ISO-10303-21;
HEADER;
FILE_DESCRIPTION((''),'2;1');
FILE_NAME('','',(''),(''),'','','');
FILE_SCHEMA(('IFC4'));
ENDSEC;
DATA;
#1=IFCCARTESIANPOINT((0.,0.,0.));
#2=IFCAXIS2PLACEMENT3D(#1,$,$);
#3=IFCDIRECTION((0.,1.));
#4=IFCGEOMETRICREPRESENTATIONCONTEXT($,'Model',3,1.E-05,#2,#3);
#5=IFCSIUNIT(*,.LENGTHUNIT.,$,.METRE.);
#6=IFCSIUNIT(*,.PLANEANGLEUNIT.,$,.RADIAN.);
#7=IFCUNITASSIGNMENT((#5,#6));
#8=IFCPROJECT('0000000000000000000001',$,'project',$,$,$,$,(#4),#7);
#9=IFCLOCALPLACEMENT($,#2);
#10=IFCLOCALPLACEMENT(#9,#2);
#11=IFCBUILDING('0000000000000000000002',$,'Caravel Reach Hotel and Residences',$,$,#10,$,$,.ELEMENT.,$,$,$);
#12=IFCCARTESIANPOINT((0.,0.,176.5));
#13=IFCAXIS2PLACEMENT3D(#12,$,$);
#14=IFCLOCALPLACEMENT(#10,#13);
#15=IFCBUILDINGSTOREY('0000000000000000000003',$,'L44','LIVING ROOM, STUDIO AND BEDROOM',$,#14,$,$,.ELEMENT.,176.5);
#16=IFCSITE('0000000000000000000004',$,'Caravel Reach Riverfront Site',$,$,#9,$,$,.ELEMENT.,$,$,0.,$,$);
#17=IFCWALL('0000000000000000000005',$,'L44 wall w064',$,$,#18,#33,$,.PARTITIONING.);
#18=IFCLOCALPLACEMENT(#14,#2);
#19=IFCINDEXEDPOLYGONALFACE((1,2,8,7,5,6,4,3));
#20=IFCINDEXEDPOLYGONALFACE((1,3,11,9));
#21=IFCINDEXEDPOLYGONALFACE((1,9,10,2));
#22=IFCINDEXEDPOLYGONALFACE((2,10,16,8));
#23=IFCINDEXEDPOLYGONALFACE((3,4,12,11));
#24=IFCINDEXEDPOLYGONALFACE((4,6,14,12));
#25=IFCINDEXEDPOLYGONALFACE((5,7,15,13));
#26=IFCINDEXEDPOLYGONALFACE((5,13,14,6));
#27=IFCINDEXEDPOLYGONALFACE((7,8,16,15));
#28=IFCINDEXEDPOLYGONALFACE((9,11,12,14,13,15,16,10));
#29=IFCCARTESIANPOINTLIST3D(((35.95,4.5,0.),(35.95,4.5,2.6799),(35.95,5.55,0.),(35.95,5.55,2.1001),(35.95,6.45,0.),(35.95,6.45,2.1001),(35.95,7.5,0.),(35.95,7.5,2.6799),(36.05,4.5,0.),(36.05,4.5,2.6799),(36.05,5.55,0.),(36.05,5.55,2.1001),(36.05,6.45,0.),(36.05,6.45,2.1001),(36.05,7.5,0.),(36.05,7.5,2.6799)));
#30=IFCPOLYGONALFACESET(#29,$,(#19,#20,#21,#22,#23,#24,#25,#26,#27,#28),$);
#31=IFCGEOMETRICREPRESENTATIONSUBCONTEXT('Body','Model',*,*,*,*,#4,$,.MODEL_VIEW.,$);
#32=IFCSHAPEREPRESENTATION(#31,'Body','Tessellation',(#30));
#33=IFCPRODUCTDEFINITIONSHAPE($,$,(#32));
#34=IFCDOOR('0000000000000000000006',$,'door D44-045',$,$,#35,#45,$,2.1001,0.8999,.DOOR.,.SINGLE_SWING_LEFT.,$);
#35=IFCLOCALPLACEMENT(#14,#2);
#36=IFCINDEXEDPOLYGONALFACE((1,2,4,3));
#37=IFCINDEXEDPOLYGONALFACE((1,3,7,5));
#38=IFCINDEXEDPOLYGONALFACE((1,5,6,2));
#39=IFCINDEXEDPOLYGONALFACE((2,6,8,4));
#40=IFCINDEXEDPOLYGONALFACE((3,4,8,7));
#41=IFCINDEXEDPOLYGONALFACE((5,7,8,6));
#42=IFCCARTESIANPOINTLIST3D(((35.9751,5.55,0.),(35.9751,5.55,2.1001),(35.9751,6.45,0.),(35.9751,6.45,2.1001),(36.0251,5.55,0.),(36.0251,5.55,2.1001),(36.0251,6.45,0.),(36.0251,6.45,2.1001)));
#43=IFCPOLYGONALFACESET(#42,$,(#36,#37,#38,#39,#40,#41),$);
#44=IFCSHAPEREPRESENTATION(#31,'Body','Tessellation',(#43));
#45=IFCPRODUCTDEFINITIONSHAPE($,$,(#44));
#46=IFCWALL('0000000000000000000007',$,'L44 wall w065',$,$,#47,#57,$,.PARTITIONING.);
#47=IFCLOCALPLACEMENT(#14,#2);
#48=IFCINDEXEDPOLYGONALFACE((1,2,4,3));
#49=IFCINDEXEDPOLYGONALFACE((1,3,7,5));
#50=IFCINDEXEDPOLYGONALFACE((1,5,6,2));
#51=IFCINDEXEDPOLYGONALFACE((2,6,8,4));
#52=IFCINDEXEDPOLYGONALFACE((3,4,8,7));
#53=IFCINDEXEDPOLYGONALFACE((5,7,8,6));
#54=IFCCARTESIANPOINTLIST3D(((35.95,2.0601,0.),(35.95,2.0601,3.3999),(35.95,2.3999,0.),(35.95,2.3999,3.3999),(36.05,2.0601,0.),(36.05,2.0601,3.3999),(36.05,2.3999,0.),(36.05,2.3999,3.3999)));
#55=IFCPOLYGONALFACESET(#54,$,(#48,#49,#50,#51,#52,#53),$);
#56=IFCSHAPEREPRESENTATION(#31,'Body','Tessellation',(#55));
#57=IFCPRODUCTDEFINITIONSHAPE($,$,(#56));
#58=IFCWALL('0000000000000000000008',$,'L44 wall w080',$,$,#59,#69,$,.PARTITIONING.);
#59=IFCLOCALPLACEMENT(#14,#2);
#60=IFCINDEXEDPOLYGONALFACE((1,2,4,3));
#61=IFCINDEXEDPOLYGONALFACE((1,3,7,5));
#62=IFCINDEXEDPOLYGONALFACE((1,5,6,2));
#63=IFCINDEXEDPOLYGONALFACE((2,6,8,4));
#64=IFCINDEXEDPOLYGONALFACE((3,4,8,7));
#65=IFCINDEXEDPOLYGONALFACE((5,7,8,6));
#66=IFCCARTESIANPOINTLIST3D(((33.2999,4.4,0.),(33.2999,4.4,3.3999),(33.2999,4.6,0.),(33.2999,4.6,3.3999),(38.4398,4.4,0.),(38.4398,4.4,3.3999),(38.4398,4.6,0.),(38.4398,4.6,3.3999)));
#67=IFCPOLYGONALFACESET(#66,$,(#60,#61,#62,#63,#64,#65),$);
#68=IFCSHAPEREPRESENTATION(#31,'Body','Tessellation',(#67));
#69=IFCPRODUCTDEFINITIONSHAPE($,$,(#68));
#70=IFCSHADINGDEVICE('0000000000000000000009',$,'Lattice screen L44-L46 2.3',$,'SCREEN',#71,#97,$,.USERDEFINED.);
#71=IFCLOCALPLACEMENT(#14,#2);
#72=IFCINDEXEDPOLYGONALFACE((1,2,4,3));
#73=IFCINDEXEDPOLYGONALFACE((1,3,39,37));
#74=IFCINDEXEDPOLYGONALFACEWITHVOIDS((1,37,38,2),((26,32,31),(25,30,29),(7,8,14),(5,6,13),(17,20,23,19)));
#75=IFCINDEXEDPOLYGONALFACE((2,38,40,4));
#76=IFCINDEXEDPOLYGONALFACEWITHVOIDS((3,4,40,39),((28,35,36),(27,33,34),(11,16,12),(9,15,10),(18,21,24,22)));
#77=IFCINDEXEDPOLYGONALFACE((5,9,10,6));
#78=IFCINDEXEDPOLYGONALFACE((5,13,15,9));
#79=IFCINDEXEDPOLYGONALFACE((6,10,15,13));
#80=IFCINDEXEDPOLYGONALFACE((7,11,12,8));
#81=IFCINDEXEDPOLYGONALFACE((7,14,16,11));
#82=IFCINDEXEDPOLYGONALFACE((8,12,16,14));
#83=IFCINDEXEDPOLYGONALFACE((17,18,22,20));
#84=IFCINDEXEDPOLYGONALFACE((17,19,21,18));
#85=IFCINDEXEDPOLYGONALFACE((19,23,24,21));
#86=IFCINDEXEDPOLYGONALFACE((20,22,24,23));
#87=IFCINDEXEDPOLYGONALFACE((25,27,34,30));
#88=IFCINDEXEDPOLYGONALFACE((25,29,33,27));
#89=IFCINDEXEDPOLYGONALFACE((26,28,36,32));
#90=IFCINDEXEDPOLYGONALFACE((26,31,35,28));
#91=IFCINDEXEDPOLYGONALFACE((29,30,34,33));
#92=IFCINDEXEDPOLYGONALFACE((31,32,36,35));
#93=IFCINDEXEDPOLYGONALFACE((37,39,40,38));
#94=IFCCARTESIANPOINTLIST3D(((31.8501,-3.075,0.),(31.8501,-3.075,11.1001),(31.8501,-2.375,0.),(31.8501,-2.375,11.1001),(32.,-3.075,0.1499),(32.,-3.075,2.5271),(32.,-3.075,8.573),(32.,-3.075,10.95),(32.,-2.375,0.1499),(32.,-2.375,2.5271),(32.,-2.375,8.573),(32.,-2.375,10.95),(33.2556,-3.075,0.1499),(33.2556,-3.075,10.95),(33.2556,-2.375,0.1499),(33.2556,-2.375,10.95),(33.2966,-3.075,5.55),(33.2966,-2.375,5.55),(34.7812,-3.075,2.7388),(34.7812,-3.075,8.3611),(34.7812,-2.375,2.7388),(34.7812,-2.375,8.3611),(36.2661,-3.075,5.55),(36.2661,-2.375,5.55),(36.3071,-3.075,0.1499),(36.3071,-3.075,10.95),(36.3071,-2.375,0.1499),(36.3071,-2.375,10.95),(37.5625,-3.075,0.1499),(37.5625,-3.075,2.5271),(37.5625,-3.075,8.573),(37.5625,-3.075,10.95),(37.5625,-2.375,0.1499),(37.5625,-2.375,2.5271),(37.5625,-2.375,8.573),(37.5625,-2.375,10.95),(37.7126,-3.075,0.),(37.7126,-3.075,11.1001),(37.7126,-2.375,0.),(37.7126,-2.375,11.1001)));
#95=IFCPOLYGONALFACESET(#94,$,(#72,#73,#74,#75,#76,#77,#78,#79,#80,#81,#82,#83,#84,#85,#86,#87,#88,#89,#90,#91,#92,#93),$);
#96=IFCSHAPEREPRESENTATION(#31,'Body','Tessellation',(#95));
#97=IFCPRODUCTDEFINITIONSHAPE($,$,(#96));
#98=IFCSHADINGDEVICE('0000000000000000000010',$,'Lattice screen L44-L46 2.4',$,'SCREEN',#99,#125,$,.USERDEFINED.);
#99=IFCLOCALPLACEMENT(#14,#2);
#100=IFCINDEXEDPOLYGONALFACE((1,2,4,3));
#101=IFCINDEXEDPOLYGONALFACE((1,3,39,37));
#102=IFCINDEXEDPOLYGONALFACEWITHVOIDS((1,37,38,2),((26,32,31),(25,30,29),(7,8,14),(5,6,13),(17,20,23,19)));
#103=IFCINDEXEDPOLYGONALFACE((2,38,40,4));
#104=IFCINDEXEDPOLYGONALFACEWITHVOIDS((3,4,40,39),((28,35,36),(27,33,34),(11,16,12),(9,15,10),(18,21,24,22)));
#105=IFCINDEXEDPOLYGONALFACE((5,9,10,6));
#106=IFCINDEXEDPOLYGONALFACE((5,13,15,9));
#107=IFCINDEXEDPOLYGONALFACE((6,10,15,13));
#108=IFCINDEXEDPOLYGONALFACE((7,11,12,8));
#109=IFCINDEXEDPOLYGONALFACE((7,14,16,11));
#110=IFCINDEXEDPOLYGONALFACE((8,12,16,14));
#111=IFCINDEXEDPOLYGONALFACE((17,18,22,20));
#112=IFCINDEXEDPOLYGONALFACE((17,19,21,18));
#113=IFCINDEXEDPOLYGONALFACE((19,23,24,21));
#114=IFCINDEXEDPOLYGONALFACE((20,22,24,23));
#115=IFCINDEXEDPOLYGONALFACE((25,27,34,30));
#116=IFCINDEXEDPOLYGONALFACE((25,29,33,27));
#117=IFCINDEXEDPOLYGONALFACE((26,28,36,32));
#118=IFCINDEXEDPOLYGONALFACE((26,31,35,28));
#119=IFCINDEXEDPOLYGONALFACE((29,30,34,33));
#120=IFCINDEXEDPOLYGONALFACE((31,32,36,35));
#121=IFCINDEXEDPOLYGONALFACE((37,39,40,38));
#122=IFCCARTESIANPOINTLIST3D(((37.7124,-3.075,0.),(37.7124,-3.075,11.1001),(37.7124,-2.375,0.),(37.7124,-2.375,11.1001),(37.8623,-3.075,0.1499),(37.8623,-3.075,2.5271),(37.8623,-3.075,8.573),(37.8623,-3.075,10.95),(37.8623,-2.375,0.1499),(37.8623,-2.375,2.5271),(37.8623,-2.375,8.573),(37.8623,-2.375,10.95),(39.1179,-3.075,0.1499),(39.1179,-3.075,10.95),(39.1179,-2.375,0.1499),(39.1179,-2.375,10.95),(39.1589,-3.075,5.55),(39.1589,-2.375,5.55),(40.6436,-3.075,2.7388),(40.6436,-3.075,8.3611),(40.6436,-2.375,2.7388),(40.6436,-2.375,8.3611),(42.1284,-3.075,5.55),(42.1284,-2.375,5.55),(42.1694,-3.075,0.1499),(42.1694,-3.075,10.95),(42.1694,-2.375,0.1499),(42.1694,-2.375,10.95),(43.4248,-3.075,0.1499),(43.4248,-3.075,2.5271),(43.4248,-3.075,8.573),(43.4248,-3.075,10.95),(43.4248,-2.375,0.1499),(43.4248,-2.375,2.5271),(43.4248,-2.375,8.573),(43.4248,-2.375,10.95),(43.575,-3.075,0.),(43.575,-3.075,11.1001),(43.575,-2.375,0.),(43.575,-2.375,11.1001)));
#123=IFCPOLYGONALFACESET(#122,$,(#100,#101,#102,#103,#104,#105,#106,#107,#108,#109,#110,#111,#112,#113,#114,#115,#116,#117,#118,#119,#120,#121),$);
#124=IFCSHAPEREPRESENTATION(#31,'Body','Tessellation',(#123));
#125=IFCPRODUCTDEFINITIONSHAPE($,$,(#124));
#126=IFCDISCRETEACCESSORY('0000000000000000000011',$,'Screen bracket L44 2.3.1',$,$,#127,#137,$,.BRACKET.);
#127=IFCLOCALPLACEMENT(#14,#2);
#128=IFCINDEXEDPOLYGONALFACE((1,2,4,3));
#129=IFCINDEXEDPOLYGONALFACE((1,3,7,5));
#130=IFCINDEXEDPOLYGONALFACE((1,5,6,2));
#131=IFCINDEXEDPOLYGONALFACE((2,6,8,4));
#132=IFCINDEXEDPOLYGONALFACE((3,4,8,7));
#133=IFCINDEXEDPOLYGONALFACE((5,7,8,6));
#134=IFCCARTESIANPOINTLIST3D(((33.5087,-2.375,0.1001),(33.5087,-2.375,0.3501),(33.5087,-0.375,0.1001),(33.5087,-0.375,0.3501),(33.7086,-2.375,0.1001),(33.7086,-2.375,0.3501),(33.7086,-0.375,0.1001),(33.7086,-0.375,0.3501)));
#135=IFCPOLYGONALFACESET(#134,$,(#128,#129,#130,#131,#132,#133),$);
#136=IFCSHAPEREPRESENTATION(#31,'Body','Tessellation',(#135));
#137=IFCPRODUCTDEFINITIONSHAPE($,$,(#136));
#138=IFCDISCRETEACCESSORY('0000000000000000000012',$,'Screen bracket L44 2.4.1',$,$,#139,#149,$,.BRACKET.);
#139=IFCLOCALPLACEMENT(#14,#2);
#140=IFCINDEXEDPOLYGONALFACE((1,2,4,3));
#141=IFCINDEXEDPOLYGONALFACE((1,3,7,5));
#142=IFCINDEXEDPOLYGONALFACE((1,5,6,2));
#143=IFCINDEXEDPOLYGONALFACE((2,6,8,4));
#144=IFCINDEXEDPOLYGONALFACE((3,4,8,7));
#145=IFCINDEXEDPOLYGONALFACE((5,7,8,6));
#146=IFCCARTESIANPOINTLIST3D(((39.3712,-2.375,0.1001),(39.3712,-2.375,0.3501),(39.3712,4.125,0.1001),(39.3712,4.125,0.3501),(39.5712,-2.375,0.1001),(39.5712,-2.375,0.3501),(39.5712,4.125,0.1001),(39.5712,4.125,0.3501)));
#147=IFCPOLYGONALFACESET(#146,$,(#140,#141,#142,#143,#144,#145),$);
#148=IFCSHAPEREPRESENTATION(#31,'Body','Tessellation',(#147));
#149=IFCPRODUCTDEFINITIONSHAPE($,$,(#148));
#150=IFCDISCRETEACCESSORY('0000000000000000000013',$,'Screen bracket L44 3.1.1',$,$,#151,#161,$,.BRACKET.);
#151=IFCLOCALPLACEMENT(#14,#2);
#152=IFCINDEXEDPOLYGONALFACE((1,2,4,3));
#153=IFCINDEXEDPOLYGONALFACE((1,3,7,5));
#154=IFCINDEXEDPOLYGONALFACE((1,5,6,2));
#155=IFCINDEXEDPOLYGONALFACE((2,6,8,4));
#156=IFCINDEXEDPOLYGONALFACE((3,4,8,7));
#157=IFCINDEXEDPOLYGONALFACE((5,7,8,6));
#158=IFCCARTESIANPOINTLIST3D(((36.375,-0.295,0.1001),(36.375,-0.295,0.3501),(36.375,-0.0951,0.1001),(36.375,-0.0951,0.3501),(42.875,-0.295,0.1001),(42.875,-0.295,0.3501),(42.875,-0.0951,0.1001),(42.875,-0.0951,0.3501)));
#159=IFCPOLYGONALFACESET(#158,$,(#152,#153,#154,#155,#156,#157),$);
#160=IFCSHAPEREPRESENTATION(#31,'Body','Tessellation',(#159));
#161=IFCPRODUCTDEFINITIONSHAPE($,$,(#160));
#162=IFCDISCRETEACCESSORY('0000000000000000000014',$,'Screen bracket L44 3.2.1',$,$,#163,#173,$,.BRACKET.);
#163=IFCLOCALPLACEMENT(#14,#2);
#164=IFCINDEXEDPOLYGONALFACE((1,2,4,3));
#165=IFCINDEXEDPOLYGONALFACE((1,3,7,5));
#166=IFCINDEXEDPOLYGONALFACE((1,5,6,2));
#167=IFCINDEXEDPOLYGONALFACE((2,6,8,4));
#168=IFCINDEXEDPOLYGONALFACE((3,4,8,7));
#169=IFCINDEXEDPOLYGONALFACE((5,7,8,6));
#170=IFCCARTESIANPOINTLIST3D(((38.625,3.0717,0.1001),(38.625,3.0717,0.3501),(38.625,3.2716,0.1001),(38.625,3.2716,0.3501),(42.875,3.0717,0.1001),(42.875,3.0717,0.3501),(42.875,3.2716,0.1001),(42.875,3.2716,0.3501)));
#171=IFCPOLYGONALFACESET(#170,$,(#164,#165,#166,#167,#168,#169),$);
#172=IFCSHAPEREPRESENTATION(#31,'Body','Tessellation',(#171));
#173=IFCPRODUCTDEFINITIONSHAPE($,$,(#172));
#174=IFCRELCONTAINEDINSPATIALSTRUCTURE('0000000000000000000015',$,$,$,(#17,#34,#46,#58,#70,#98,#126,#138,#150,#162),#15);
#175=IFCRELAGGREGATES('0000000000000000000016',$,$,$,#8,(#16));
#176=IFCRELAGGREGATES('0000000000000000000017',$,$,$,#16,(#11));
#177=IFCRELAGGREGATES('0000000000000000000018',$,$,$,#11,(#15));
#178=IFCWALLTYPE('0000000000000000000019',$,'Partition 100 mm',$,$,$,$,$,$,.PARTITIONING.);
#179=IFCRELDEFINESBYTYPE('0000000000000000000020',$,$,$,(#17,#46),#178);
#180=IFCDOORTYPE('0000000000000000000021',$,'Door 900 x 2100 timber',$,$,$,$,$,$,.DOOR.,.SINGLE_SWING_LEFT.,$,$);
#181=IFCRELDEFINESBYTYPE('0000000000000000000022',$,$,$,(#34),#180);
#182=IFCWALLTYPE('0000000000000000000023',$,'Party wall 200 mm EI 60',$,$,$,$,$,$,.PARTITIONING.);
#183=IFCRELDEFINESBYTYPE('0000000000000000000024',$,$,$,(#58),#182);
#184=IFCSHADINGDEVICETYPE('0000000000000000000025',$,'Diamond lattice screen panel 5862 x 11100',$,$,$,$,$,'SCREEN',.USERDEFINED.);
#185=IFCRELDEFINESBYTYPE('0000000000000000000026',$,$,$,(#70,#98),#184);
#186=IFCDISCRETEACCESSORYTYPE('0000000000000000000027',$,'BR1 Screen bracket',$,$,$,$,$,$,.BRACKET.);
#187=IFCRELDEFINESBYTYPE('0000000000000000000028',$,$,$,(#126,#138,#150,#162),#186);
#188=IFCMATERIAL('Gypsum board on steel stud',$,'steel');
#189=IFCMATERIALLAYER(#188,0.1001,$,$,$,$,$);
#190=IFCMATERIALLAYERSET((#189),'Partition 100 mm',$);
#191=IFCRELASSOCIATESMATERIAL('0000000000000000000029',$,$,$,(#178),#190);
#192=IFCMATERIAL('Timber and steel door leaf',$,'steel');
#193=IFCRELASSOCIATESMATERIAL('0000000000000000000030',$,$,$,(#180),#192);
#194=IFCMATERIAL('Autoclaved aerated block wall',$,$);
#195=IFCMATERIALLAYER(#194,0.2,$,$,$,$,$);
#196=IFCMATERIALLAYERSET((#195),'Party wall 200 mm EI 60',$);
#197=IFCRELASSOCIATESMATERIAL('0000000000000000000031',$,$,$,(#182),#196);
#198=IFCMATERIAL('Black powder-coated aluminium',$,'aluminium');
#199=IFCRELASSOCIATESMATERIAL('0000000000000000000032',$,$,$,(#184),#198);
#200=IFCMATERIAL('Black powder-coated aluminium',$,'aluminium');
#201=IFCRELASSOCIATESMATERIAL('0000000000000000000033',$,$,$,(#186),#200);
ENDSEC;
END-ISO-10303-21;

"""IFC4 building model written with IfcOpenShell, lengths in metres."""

from ifc_helpers import new_model, si_unit, direction, frame, frame_2d, origin, origin_2d, place, context, subcontext, project, spatial, polyline, rectangle, outline, extrude, material, layer, layer_set, type_object, element, fill, save


model = new_model("IFC4")

# Units and contexts
model_context = context("Model", 3, precision=1e-05, world=origin(), true_north=direction((0.0, 1.0)))
body_context = subcontext(model_context, "Body", "Model", "MODEL_VIEW")
ifc_project = project(units=[si_unit("LENGTHUNIT", "METRE"), si_unit("PLANEANGLEUNIT", "RADIAN")], contexts=[model_context])

# Site, building, storey
site_placement = place(None, origin())
site = spatial("IfcSite", under=ifc_project, at=site_placement, Name="Caravel Reach Riverfront Site", CompositionType="ELEMENT", RefElevation=0.0)
building_placement = place(site_placement, origin())
building = spatial("IfcBuilding", under=site, at=building_placement, Name="Caravel Reach Hotel and Residences", CompositionType="ELEMENT")
storey_placement = place(building_placement, frame((0.0, 0.0, 176.5)))
storey = spatial("IfcBuildingStorey", under=building, at=storey_placement, Name="L44", Description="LIVING ROOM, STUDIO AND BEDROOM", CompositionType="ELEMENT", Elevation=176.5)

# Shared definitions
ifc_material_1 = material(Name="Gypsum board on steel stud", Category="steel")
ifc_layer_1 = layer(ifc_material_1, 0.1001)
ifc_layer_set_1 = layer_set([ifc_layer_1], Name="Partition 100 mm")
wall_type_1 = type_object("IfcWallType", Name="Partition 100 mm", PredefinedType="PARTITIONING", material=ifc_layer_set_1)
ifc_material_2 = material(Name="Timber and steel door leaf", Category="steel")
door_type_1 = type_object("IfcDoorType", Name="Door 900 x 2100 timber", OperationType="SINGLE_SWING_LEFT", PredefinedType="DOOR", material=ifc_material_2)

# Wall, opening, door
wall_1_placement = place(storey_placement, frame((36.0, 4.5, 0.0), z_axis=(0.0, 0.0, 1.0), x_axis=(0.0, 1.0, 0.0)))
wall_1 = element("IfcWall", 1, at=wall_1_placement, inside=storey, type_object=wall_type_1, Name="L44 wall w064", PredefinedType="PARTITIONING", context=body_context, shape_type="SweptSolid", body=[
    extrude(rectangle(XDim=3.0, YDim=0.1001, at=frame_2d((1.5, 0.0))), origin(), (0.0, 0.0, 1.0), 2.6799),
])
opening_1_placement = place(wall_1_placement, frame((1.05, 0.0, 0.0)))
opening_1 = element("IfcOpeningElement", 2, at=opening_1_placement, cuts=wall_1, PredefinedType="OPENING", context=body_context, shape_type="SweptSolid", body=[
    extrude(rectangle(XDim=0.8999, YDim=2.1001, at=frame_2d((0.45, 1.05))), frame((0.0, 0.0601, 0.0), z_axis=(0.0, -1.0, 0.0), x_axis=(1.0, 0.0, 0.0)), (0.0, 0.0, 1.0), 0.1201),
])
door_1_placement = place(opening_1_placement, origin())
door_1 = element("IfcDoor", 3, at=door_1_placement, inside=storey, type_object=door_type_1, Name="door D44-045", OperationType="SINGLE_SWING_LEFT", OverallHeight=2.1001, OverallWidth=0.8999, PredefinedType="DOOR", context=body_context, shape_type="SweptSolid", body=[
    extrude(rectangle(XDim=0.8999, YDim=2.1001, at=frame_2d((0.45, 1.05))), frame((0.0, 0.0249, 0.0), z_axis=(0.0, -1.0, 0.0), x_axis=(1.0, 0.0, 0.0)), (0.0, 0.0, 1.0), 0.05),
])
fill(opening_1, door_1)

# Walls
wall_2_placement = place(storey_placement, frame((36.0, 2.0601, 0.0), z_axis=(0.0, 0.0, 1.0), x_axis=(0.0, 1.0, 0.0)))
element("IfcWall", 4, at=wall_2_placement, inside=storey, type_object=wall_type_1, Name="L44 wall w065", PredefinedType="PARTITIONING", context=body_context, shape_type="SweptSolid", body=[
    extrude(rectangle(XDim=0.3398, YDim=0.1001, at=frame_2d((0.1699, 0.0))), origin(), (0.0, 0.0, 1.0), 3.3999),
])
ifc_material_3 = material(Name="Autoclaved aerated block wall")
ifc_layer_2 = layer(ifc_material_3, 0.2)
ifc_layer_set_2 = layer_set([ifc_layer_2], Name="Party wall 200 mm EI 60")
wall_type_2 = type_object("IfcWallType", Name="Party wall 200 mm EI 60", PredefinedType="PARTITIONING", material=ifc_layer_set_2)
wall_3_placement = place(storey_placement, frame((33.3, 4.5, 0.0), z_axis=(0.0, 0.0, 1.0), x_axis=(1.0, 0.0, 0.0)))
element("IfcWall", 5, at=wall_3_placement, inside=storey, type_object=wall_type_2, Name="L44 wall w080", PredefinedType="PARTITIONING", context=body_context, shape_type="SweptSolid", body=[
    extrude(rectangle(XDim=5.1399, YDim=0.2, at=frame_2d((2.5698, 0.0))), origin(), (0.0, 0.0, 1.0), 3.3999),
])

# Shading devices
ifc_material_4 = material(Name="Black powder-coated aluminium", Category="aluminium")
shading_device_type = type_object("IfcShadingDeviceType", Name="Diamond lattice screen panel 5862 x 11100", ElementType="SCREEN", PredefinedType="USERDEFINED", material=ifc_material_4)
for number, where, z_axis, x_axis, name in (
    (6, (31.8501, -2.375, 0.0), (0.0, -1.0, 0.0), (1.0, 0.0, 0.0), "Lattice screen L44-L46 2.3"),
    (7, (37.7124, -2.375, 0.0), (0.0, -1.0, 0.0), (1.0, 0.0, 0.0), "Lattice screen L44-L46 2.4"),
):
    element("IfcShadingDevice", number, at=place(storey_placement, frame(where, z_axis=z_axis, x_axis=x_axis)), inside=storey, type_object=shading_device_type, Name=name, ObjectType="SCREEN", PredefinedType="USERDEFINED", context=body_context, shape_type="SweptSolid", body=[
        extrude(outline(polyline([(0.0, 0.0), (5.8625, 0.0), (5.8625, 11.1001), (0.0, 11.1001), (0.0, 0.0)]), holes=[polyline([(1.4055, 0.1499), (0.1499, 2.5271), (0.1499, 0.1499), (1.4055, 0.1499)]), polyline([(0.1499, 8.573), (1.4055, 10.95), (0.1499, 10.95), (0.1499, 8.573)]), polyline([(2.9312, 8.3611), (1.4465, 5.55), (2.9312, 2.7388), (4.416, 5.55), (2.9312, 8.3611)]), polyline([(5.7124, 2.5271), (4.457, 0.1499), (5.7124, 0.1499), (5.7124, 2.5271)]), polyline([(4.457, 10.95), (5.7124, 8.573), (5.7124, 10.95), (4.457, 10.95)])]), origin(), (0.0, 0.0, 1.0), 0.7),
    ])

# Discrete accessories
ifc_material_5 = material(Name="Black powder-coated aluminium", Category="aluminium")
discrete_accessory_type = type_object("IfcDiscreteAccessoryType", Name="BR1 Screen bracket", PredefinedType="BRACKET", material=ifc_material_5)
discrete_accessory_1_placement = place(storey_placement, frame((33.6086, -1.375, 0.1001), z_axis=(0.0, 0.0, 1.0), x_axis=(0.0, -1.0, 0.0)))
element("IfcDiscreteAccessory", 8, at=discrete_accessory_1_placement, inside=storey, type_object=discrete_accessory_type, Name="Screen bracket L44 2.3.1", PredefinedType="BRACKET", context=body_context, shape_type="SweptSolid", body=[
    extrude(rectangle(XDim=2.0, YDim=0.2, at=origin_2d()), origin(), (0.0, 0.0, 1.0), 0.25),
])
for number, where, z_axis, x_axis, name in (
    (9, (39.4712, 0.875, 0.1001), (0.0, 0.0, 1.0), (0.0, -1.0, 0.0), "Screen bracket L44 2.4.1"),
    (10, (39.625, -0.1951, 0.1001), (0.0, 0.0, 1.0), (1.0, 0.0, 0.0), "Screen bracket L44 3.1.1"),
):
    element("IfcDiscreteAccessory", number, at=place(storey_placement, frame(where, z_axis=z_axis, x_axis=x_axis)), inside=storey, type_object=discrete_accessory_type, Name=name, PredefinedType="BRACKET", context=body_context, shape_type="SweptSolid", body=[
        extrude(rectangle(XDim=6.5, YDim=0.2, at=origin_2d()), origin(), (0.0, 0.0, 1.0), 0.25),
    ])
discrete_accessory_2_placement = place(storey_placement, frame((40.75, 3.1716, 0.1001), z_axis=(0.0, 0.0, 1.0), x_axis=(1.0, 0.0, 0.0)))
element("IfcDiscreteAccessory", 11, at=discrete_accessory_2_placement, inside=storey, type_object=discrete_accessory_type, Name="Screen bracket L44 3.2.1", PredefinedType="BRACKET", context=body_context, shape_type="SweptSolid", body=[
    extrude(rectangle(XDim=4.25, YDim=0.2, at=origin_2d()), origin(), (0.0, 0.0, 1.0), 0.25),
])

save(model, "model.ifc")
